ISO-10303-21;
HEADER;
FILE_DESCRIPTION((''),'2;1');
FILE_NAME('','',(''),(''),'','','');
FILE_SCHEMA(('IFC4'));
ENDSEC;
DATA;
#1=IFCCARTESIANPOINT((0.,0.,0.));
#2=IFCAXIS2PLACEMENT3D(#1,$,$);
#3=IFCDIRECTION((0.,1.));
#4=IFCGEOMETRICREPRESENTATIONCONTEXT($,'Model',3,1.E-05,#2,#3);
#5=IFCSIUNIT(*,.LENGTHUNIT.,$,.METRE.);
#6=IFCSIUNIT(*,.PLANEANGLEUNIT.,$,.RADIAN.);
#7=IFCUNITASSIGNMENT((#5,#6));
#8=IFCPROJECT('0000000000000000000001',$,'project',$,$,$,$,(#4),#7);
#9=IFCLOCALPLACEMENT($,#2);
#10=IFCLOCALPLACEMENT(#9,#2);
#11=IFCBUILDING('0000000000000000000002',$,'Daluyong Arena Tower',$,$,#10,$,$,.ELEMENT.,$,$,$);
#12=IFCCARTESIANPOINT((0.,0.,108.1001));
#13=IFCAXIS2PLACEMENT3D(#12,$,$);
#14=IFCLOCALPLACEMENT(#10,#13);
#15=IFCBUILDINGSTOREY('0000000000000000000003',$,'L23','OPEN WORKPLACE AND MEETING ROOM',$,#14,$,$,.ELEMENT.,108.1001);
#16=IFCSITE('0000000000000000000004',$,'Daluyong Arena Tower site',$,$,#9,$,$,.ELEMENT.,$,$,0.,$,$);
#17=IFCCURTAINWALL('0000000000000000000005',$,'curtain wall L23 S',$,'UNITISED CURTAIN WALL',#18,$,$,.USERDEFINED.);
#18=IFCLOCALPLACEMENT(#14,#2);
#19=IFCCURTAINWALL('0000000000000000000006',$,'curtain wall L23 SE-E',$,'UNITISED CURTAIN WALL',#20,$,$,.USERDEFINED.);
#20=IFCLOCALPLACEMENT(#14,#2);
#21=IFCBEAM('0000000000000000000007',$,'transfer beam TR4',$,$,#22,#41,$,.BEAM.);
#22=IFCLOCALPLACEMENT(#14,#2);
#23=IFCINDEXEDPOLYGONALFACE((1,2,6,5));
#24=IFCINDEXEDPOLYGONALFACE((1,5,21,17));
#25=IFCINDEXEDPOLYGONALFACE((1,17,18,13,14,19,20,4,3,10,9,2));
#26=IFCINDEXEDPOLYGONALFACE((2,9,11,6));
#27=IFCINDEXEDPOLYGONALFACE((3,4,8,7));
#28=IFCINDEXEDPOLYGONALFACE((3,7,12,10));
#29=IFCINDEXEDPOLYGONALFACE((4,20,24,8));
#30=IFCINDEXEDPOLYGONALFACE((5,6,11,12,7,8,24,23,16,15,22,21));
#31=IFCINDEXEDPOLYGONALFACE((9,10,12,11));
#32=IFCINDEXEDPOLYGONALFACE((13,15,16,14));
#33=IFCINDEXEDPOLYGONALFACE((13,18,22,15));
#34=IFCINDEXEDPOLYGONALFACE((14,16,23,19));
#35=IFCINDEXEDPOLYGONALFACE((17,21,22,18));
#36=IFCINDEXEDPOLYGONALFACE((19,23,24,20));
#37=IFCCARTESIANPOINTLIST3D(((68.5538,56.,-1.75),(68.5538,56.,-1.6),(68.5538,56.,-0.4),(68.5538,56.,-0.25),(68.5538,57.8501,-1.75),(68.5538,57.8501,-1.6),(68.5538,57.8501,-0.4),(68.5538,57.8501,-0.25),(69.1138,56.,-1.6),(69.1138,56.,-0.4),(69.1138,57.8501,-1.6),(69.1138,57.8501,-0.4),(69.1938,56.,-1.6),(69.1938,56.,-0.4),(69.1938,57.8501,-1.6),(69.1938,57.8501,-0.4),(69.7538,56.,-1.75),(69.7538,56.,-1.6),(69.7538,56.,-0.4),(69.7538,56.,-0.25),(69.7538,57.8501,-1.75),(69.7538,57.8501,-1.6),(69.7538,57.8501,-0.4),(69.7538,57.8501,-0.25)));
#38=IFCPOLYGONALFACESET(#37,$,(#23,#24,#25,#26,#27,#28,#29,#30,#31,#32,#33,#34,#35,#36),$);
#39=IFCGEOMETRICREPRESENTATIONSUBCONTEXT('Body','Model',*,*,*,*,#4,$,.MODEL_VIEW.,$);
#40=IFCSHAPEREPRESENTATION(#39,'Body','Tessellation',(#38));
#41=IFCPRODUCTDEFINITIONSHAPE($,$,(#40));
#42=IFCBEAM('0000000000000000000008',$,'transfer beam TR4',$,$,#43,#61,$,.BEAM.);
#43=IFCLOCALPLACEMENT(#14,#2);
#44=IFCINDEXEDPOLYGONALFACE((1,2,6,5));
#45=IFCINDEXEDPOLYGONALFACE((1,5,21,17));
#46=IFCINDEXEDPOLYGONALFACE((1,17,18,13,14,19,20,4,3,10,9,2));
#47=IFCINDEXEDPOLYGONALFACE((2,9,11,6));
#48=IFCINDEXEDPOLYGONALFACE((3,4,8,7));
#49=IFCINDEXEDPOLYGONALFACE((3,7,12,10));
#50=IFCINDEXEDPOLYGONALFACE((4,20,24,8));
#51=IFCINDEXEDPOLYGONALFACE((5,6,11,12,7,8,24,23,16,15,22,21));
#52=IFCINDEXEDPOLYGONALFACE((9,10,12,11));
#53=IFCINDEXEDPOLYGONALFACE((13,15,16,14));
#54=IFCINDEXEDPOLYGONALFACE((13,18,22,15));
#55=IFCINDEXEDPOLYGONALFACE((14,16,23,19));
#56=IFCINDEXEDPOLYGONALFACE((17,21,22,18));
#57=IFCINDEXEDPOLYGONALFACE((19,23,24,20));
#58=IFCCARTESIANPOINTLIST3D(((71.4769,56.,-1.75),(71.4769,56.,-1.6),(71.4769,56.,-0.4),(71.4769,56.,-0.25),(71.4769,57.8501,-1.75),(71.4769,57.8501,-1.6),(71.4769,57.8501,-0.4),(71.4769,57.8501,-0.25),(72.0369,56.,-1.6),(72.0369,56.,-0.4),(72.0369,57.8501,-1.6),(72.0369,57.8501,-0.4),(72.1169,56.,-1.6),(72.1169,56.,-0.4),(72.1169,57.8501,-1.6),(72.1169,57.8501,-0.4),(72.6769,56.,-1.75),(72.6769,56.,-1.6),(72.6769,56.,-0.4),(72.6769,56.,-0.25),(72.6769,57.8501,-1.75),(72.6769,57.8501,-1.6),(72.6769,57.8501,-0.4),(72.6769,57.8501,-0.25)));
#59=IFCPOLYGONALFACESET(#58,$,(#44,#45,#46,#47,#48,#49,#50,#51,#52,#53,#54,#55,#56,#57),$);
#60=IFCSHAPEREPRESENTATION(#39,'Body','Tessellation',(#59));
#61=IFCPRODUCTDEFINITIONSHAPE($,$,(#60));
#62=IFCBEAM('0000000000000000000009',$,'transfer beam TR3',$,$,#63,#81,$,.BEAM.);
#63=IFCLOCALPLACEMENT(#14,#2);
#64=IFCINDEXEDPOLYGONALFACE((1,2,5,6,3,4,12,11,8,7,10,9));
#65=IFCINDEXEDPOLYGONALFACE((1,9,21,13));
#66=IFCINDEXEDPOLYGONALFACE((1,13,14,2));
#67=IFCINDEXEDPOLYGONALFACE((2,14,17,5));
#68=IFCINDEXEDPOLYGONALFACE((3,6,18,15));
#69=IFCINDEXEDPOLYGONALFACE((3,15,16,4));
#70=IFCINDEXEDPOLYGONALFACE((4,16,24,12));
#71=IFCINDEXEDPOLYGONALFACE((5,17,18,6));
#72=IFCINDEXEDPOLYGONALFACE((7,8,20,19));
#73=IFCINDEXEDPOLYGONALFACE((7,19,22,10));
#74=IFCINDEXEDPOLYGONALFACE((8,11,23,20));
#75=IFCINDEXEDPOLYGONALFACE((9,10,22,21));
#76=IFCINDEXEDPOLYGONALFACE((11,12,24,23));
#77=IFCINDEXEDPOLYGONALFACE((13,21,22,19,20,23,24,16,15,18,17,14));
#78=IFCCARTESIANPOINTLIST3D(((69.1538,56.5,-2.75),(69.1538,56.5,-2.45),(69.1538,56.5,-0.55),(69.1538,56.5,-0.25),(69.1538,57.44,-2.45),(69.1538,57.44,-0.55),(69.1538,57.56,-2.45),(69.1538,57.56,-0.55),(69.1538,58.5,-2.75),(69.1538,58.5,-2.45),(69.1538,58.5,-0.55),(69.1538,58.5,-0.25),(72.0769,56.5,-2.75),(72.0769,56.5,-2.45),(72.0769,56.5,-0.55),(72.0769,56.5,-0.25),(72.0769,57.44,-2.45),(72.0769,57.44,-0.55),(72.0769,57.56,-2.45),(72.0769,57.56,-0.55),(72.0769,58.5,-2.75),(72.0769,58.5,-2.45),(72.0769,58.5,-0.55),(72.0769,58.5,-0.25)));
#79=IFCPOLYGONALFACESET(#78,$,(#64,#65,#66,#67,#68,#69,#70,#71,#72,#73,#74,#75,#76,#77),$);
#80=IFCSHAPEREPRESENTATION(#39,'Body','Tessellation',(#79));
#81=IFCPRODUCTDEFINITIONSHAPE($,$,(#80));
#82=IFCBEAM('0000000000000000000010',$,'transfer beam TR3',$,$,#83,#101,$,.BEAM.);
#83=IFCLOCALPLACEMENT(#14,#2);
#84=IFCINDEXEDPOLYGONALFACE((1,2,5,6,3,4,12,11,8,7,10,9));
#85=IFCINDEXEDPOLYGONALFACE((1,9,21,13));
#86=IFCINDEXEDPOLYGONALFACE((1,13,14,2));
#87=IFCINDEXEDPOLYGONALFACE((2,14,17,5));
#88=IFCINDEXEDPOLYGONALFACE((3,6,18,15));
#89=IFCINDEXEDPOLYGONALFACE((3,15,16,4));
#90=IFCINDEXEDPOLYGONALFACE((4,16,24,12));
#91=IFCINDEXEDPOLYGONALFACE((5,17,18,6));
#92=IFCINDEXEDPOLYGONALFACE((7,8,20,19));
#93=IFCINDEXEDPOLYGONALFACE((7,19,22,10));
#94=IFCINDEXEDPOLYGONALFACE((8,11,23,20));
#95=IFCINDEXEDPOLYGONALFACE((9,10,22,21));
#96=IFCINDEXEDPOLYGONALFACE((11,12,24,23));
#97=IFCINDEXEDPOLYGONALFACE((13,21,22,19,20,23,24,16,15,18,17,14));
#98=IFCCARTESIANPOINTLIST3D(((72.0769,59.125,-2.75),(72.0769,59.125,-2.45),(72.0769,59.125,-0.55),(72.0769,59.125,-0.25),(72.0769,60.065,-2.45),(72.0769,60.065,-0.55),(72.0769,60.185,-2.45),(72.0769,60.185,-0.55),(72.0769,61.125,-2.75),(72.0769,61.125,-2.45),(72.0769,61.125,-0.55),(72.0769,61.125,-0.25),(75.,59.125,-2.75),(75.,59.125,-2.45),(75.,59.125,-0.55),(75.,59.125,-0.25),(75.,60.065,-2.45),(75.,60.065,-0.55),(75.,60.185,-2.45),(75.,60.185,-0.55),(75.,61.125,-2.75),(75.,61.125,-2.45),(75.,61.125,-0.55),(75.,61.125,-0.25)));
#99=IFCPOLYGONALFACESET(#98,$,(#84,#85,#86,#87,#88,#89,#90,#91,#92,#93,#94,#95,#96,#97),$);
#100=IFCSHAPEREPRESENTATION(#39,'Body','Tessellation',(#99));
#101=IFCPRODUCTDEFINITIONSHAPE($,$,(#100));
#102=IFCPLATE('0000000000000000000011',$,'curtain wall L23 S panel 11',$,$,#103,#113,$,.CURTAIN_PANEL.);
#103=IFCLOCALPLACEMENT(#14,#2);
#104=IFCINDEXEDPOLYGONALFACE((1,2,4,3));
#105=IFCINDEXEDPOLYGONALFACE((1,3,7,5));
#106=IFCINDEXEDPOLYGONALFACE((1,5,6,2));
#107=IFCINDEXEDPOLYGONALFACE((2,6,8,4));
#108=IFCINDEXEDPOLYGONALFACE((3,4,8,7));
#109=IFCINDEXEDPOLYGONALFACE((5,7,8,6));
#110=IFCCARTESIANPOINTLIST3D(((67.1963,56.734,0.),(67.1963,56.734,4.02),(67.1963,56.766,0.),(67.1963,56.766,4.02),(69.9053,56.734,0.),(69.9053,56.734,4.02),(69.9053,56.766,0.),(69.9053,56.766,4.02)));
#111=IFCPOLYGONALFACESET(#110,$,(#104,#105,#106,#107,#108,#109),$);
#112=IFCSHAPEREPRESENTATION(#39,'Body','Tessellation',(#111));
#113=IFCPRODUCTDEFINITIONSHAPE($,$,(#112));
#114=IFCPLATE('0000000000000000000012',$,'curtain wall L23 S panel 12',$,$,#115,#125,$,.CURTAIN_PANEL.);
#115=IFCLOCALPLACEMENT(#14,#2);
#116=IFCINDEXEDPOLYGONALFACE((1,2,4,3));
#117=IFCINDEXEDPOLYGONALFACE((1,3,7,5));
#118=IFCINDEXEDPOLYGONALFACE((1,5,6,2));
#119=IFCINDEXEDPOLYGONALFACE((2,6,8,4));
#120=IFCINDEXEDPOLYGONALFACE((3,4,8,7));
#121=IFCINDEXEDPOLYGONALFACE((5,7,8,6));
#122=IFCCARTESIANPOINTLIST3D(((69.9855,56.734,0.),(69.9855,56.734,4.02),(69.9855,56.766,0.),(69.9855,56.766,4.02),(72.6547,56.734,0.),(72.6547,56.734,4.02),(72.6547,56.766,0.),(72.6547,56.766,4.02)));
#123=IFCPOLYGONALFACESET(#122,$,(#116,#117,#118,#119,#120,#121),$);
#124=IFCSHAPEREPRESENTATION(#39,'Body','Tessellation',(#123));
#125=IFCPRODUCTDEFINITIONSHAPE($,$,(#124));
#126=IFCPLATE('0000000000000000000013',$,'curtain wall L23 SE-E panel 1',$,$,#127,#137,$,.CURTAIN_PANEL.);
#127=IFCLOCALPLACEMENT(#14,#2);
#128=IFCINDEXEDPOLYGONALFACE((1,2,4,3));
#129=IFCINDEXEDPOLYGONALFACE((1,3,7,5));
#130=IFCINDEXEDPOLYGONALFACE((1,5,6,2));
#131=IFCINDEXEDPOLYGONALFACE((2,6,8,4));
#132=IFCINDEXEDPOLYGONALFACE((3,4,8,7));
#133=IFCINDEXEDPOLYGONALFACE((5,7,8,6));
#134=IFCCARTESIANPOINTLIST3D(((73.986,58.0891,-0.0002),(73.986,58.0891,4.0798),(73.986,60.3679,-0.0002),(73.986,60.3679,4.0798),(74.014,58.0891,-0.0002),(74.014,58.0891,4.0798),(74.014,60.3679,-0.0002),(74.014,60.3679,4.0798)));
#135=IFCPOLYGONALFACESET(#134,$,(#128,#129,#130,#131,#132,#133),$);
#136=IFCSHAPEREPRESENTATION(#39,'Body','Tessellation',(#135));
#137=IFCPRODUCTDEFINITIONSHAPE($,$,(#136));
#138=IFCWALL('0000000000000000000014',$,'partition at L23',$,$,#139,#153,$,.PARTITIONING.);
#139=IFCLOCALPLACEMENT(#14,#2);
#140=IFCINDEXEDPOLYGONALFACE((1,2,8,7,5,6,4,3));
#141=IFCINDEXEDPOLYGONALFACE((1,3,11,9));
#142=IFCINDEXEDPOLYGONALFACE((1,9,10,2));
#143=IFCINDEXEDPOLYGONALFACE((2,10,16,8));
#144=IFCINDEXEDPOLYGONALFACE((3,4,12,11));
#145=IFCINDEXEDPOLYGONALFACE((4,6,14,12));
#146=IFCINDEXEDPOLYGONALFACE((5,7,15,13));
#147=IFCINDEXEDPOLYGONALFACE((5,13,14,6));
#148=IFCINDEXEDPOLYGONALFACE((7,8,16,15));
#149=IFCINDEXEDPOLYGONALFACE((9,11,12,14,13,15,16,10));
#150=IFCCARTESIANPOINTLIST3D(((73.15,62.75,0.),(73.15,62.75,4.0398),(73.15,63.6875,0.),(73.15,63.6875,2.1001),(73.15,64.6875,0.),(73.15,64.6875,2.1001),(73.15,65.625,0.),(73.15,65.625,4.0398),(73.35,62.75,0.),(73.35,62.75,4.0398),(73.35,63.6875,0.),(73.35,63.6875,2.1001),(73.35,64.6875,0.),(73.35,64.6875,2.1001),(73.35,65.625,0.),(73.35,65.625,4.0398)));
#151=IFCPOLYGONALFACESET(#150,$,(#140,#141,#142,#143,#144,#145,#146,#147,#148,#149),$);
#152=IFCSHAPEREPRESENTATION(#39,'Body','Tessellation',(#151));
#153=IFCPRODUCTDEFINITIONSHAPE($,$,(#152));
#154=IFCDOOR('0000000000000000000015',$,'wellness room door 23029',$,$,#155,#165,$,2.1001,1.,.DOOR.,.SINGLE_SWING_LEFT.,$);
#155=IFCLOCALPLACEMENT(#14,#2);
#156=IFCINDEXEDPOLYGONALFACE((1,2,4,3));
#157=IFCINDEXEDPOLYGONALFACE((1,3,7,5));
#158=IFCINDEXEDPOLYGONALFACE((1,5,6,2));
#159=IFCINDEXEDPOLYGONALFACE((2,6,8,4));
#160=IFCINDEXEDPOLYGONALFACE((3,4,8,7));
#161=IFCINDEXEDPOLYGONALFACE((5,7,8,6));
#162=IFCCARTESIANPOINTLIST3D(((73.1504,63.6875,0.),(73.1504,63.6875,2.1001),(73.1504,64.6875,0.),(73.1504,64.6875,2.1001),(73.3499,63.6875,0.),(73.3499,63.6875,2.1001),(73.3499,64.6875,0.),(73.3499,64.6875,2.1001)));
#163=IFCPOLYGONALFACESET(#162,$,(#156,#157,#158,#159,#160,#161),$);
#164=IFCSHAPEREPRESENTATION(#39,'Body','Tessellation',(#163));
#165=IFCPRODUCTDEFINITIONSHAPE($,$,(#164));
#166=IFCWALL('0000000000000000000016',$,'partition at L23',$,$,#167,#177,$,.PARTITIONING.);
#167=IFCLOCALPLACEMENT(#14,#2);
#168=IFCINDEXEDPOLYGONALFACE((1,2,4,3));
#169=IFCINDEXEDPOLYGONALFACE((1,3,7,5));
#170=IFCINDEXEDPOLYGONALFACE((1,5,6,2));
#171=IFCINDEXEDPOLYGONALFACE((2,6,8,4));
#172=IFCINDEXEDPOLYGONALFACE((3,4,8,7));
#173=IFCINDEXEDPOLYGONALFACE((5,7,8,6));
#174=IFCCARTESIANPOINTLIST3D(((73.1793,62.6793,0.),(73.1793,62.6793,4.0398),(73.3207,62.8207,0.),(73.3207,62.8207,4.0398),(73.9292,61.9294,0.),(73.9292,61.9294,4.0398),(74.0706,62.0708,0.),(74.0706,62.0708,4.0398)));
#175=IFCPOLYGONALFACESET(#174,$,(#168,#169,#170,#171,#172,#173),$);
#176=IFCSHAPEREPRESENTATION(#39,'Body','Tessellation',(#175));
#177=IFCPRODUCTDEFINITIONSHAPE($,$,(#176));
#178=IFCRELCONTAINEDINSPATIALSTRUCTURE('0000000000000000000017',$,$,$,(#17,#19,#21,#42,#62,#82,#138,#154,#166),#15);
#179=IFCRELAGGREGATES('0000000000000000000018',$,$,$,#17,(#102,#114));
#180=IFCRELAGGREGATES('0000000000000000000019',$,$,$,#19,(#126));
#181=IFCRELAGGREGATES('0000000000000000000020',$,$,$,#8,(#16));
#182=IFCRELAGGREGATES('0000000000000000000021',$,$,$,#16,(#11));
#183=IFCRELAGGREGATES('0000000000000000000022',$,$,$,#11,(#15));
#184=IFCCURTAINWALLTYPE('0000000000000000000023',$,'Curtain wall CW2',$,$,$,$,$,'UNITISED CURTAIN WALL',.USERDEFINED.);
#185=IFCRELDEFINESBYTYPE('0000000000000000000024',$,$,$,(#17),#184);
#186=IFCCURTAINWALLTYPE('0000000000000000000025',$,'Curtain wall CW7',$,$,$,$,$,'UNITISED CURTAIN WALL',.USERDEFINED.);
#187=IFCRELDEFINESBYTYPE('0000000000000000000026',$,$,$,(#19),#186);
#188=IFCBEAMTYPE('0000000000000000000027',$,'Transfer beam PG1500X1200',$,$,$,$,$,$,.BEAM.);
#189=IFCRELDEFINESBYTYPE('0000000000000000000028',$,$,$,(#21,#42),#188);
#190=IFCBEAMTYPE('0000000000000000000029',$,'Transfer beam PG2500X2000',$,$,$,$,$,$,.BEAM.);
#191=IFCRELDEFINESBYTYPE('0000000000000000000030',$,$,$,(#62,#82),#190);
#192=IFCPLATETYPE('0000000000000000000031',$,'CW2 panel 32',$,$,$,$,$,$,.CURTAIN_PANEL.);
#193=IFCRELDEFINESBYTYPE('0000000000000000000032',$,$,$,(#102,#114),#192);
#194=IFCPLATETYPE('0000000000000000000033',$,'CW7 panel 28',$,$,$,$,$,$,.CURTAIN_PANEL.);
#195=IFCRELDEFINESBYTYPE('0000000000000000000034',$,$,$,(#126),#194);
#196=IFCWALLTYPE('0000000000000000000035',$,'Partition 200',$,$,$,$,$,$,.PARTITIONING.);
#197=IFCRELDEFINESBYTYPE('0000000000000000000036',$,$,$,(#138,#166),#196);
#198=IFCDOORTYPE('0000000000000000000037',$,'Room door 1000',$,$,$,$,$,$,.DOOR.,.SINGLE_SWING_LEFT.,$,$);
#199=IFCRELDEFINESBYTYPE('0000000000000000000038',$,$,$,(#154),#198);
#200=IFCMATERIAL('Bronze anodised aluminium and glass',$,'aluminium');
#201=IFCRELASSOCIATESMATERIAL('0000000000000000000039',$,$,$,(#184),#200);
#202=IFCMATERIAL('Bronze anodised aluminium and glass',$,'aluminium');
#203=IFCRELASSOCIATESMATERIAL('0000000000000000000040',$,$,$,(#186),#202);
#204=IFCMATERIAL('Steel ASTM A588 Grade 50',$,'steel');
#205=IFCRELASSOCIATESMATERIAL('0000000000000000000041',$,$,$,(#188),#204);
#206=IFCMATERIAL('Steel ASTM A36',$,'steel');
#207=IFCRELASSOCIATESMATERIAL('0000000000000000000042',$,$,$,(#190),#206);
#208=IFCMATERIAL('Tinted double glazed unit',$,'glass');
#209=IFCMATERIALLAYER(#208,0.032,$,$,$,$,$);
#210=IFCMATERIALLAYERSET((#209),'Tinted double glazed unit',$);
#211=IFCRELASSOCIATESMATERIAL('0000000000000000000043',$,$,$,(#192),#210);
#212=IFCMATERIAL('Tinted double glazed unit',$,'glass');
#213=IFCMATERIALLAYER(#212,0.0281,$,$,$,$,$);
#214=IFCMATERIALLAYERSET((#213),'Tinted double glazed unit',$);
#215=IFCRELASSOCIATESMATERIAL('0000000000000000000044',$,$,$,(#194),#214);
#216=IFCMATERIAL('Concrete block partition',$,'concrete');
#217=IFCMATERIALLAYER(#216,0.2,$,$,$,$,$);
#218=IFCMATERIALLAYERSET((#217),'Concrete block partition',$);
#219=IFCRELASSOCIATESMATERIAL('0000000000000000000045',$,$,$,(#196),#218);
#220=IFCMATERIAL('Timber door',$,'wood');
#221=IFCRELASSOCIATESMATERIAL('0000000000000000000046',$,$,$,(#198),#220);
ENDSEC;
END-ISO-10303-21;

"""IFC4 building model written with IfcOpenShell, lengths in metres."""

from ifc_helpers import new_model, si_unit, direction, frame, frame_2d, origin, origin_2d, place, context, subcontext, project, spatial, rectangle, i_section, extrude, material, layer, layer_set, material_profile, profile_set, type_object, element, fill, aggregate, save


model = new_model("IFC4")

# Units and contexts
model_context = context("Model", 3, precision=1e-05, world=origin(), true_north=direction((0.0, 1.0)))
body_context = subcontext(model_context, "Body", "Model", "MODEL_VIEW")
ifc_project = project(units=[si_unit("LENGTHUNIT", "METRE"), si_unit("PLANEANGLEUNIT", "RADIAN")], contexts=[model_context])

# Site, building, storey
site_placement = place(None, origin())
site = spatial("IfcSite", under=ifc_project, at=site_placement, Name="Daluyong Arena Tower site", CompositionType="ELEMENT", RefElevation=0.0)
building_placement = place(site_placement, origin())
building = spatial("IfcBuilding", under=site, at=building_placement, Name="Daluyong Arena Tower", CompositionType="ELEMENT")
storey_placement = place(building_placement, frame((0.0, 0.0, 108.1001)))
storey = spatial("IfcBuildingStorey", under=building, at=storey_placement, Name="L23", Description="OPEN WORKPLACE AND MEETING ROOM", CompositionType="ELEMENT", Elevation=108.1001)

# Curtain wall
ifc_material_1 = material(Name="Bronze anodised aluminium and glass", Category="aluminium")
curtain_wall_type_1 = type_object("IfcCurtainWallType", Name="Curtain wall CW2", ElementType="UNITISED CURTAIN WALL", PredefinedType="USERDEFINED", material=ifc_material_1)
curtain_wall_1_placement = place(storey_placement, origin())
curtain_wall_1 = element("IfcCurtainWall", 1, at=curtain_wall_1_placement, inside=storey, type_object=curtain_wall_type_1, Name="curtain wall L23 S", ObjectType="UNITISED CURTAIN WALL", PredefinedType="USERDEFINED")

# Curtain wall
ifc_material_2 = material(Name="Bronze anodised aluminium and glass", Category="aluminium")
curtain_wall_type_2 = type_object("IfcCurtainWallType", Name="Curtain wall CW7", ElementType="UNITISED CURTAIN WALL", PredefinedType="USERDEFINED", material=ifc_material_2)
curtain_wall_2_placement = place(storey_placement, origin())
curtain_wall_2 = element("IfcCurtainWall", 2, at=curtain_wall_2_placement, inside=storey, type_object=curtain_wall_type_2, Name="curtain wall L23 SE-E", ObjectType="UNITISED CURTAIN WALL", PredefinedType="USERDEFINED")

# Beams
ifc_material_3 = material(Name="Steel ASTM A588 Grade 50", Category="steel")
ifc_material_profile_1 = material_profile(ifc_material_3, i_section(OverallWidth=1.2, OverallDepth=1.5, WebThickness=0.08, FlangeThickness=0.15, at=origin_2d()))
ifc_profile_set_1 = profile_set([ifc_material_profile_1], Name="Steel ASTM A588 Grade 50")
beam_type_1 = type_object("IfcBeamType", Name="Transfer beam PG1500X1200", PredefinedType="BEAM", material=ifc_profile_set_1)
for number, where, z_axis, x_axis, name in (
    (3, (69.1538, 56.0, -1.0), (0.0, 1.0, 0.0), (-1.0, 0.0, 0.0), "transfer beam TR4"),
    (4, (72.0769, 56.0, -1.0), (0.0, 1.0, 0.0), (-1.0, 0.0, 0.0), "transfer beam TR4"),
):
    element("IfcBeam", number, at=place(storey_placement, frame(where, z_axis=z_axis, x_axis=x_axis)), inside=storey, type_object=beam_type_1, Name=name, PredefinedType="BEAM", context=body_context, shape_type="SweptSolid", body=[
        extrude(i_section(OverallWidth=1.2, OverallDepth=1.5, WebThickness=0.08, FlangeThickness=0.15, at=origin_2d()), origin(), (0.0, 0.0, 1.0), 1.8501),
    ])
ifc_material_4 = material(Name="Steel ASTM A36", Category="steel")
ifc_material_profile_2 = material_profile(ifc_material_4, i_section(OverallWidth=2.0, OverallDepth=2.5, WebThickness=0.12, FlangeThickness=0.3, at=origin_2d()))
ifc_profile_set_2 = profile_set([ifc_material_profile_2], Name="Steel ASTM A36")
beam_type_2 = type_object("IfcBeamType", Name="Transfer beam PG2500X2000", PredefinedType="BEAM", material=ifc_profile_set_2)
for number, where, z_axis, x_axis, name in (
    (5, (69.1538, 57.5, -1.5), (1.0, 0.0, 0.0), (0.0, 1.0, 0.0), "transfer beam TR3"),
    (6, (72.0769, 60.125, -1.5), (1.0, 0.0, 0.0), (0.0, 1.0, 0.0), "transfer beam TR3"),
):
    element("IfcBeam", number, at=place(storey_placement, frame(where, z_axis=z_axis, x_axis=x_axis)), inside=storey, type_object=beam_type_2, Name=name, PredefinedType="BEAM", context=body_context, shape_type="SweptSolid", body=[
        extrude(i_section(OverallWidth=2.0, OverallDepth=2.5, WebThickness=0.12, FlangeThickness=0.3, at=origin_2d()), origin(), (0.0, 0.0, 1.0), 2.9231),
    ])

# Plates
ifc_material_5 = material(Name="Tinted double glazed unit", Category="glass")
ifc_layer_1 = layer(ifc_material_5, 0.032)
ifc_layer_set_1 = layer_set([ifc_layer_1], Name="Tinted double glazed unit")
plate_type_1 = type_object("IfcPlateType", Name="CW2 panel 32", PredefinedType="CURTAIN_PANEL", material=ifc_layer_set_1)
plate_1_placement = place(storey_placement, frame((68.5508, 56.75, 0.0), z_axis=(0.0, 0.0, 1.0), x_axis=(1.0, 0.0, 0.0)))
plate_1 = element("IfcPlate", 7, at=plate_1_placement, type_object=plate_type_1, Name="curtain wall L23 S panel 11", PredefinedType="CURTAIN_PANEL", context=body_context, shape_type="SweptSolid", body=[
    extrude(rectangle(XDim=2.709, YDim=0.032, at=origin_2d()), origin(), (0.0, 0.0, 1.0), 4.02),
])
plate_2_placement = place(storey_placement, frame((71.3201, 56.75, 0.0), z_axis=(0.0, 0.0, 1.0), x_axis=(1.0, 0.0, 0.0)))
plate_2 = element("IfcPlate", 8, at=plate_2_placement, type_object=plate_type_1, Name="curtain wall L23 S panel 12", PredefinedType="CURTAIN_PANEL", context=body_context, shape_type="SweptSolid", body=[
    extrude(rectangle(XDim=2.6692, YDim=0.032, at=origin_2d()), origin(), (0.0, 0.0, 1.0), 4.02),
])
aggregate(curtain_wall_1, [plate_1, plate_2])
ifc_material_6 = material(Name="Tinted double glazed unit", Category="glass")
ifc_layer_2 = layer(ifc_material_6, 0.0281)
ifc_layer_set_2 = layer_set([ifc_layer_2], Name="Tinted double glazed unit")
plate_type_2 = type_object("IfcPlateType", Name="CW7 panel 28", PredefinedType="CURTAIN_PANEL", material=ifc_layer_set_2)
plate_3_placement = place(storey_placement, frame((74.0, 59.2285, -0.0002), z_axis=(0.0, 0.0, 1.0), x_axis=(0.0, 1.0, 0.0)))
plate_3 = element("IfcPlate", 9, at=plate_3_placement, type_object=plate_type_2, Name="curtain wall L23 SE-E panel 1", PredefinedType="CURTAIN_PANEL", context=body_context, shape_type="SweptSolid", body=[
    extrude(rectangle(XDim=2.2788, YDim=0.0281, at=origin_2d()), origin(), (0.0, 0.0, 1.0), 4.0801),
])
aggregate(curtain_wall_2, [plate_3])

# Wall, opening, door
ifc_material_7 = material(Name="Concrete block partition", Category="concrete")
ifc_layer_3 = layer(ifc_material_7, 0.2)
ifc_layer_set_3 = layer_set([ifc_layer_3], Name="Concrete block partition")
wall_type = type_object("IfcWallType", Name="Partition 200", PredefinedType="PARTITIONING", material=ifc_layer_set_3)
wall_1_placement = place(storey_placement, frame((73.25, 62.75, 0.0), z_axis=(0.0, 0.0, 1.0), x_axis=(0.0, 1.0, 0.0)))
wall_1 = element("IfcWall", 10, at=wall_1_placement, inside=storey, type_object=wall_type, Name="partition at L23", PredefinedType="PARTITIONING", context=body_context, shape_type="SweptSolid", body=[
    extrude(rectangle(XDim=2.875, YDim=0.2, at=frame_2d((1.4375, 0.0))), origin(), (0.0, 0.0, 1.0), 4.0398),
])
opening_placement = place(wall_1_placement, frame((0.9375, 0.0, 0.0)))
opening = element("IfcOpeningElement", 11, at=opening_placement, cuts=wall_1, PredefinedType="OPENING", context=body_context, shape_type="SweptSolid", body=[
    extrude(rectangle(XDim=1.0, YDim=2.1001, at=frame_2d((0.5, 1.05))), frame((0.0, 0.1099, 0.0), z_axis=(0.0, -1.0, 0.0), x_axis=(1.0, 0.0, 0.0)), (0.0, 0.0, 1.0), 0.22),
])
ifc_material_8 = material(Name="Timber door", Category="wood")
door_type = type_object("IfcDoorType", Name="Room door 1000", OperationType="SINGLE_SWING_LEFT", PredefinedType="DOOR", material=ifc_material_8)
door_placement = place(opening_placement, origin())
door = element("IfcDoor", 12, at=door_placement, inside=storey, type_object=door_type, Name="wellness room door 23029", OperationType="SINGLE_SWING_LEFT", OverallHeight=2.1001, OverallWidth=1.0, PredefinedType="DOOR", context=body_context, shape_type="SweptSolid", body=[
    extrude(rectangle(XDim=1.0, YDim=2.1001, at=frame_2d((0.5, 1.05))), frame((0.0, 0.0996, 0.0), z_axis=(0.0, -1.0, 0.0), x_axis=(1.0, 0.0, 0.0)), (0.0, 0.0, 1.0), 0.1995),
])
fill(opening, door)

# Wall
wall_2_placement = place(storey_placement, frame((73.25, 62.75, 0.0), z_axis=(0.0, 0.0, 1.0), x_axis=(0.707107, -0.707107, 0.0)))
element("IfcWall", 13, at=wall_2_placement, inside=storey, type_object=wall_type, Name="partition at L23", PredefinedType="PARTITIONING", context=body_context, shape_type="SweptSolid", body=[
    extrude(rectangle(XDim=1.0605, YDim=0.2, at=frame_2d((0.5303, 0.0))), origin(), (0.0, 0.0, 1.0), 4.0398),
])

save(model, "model.ifc")
